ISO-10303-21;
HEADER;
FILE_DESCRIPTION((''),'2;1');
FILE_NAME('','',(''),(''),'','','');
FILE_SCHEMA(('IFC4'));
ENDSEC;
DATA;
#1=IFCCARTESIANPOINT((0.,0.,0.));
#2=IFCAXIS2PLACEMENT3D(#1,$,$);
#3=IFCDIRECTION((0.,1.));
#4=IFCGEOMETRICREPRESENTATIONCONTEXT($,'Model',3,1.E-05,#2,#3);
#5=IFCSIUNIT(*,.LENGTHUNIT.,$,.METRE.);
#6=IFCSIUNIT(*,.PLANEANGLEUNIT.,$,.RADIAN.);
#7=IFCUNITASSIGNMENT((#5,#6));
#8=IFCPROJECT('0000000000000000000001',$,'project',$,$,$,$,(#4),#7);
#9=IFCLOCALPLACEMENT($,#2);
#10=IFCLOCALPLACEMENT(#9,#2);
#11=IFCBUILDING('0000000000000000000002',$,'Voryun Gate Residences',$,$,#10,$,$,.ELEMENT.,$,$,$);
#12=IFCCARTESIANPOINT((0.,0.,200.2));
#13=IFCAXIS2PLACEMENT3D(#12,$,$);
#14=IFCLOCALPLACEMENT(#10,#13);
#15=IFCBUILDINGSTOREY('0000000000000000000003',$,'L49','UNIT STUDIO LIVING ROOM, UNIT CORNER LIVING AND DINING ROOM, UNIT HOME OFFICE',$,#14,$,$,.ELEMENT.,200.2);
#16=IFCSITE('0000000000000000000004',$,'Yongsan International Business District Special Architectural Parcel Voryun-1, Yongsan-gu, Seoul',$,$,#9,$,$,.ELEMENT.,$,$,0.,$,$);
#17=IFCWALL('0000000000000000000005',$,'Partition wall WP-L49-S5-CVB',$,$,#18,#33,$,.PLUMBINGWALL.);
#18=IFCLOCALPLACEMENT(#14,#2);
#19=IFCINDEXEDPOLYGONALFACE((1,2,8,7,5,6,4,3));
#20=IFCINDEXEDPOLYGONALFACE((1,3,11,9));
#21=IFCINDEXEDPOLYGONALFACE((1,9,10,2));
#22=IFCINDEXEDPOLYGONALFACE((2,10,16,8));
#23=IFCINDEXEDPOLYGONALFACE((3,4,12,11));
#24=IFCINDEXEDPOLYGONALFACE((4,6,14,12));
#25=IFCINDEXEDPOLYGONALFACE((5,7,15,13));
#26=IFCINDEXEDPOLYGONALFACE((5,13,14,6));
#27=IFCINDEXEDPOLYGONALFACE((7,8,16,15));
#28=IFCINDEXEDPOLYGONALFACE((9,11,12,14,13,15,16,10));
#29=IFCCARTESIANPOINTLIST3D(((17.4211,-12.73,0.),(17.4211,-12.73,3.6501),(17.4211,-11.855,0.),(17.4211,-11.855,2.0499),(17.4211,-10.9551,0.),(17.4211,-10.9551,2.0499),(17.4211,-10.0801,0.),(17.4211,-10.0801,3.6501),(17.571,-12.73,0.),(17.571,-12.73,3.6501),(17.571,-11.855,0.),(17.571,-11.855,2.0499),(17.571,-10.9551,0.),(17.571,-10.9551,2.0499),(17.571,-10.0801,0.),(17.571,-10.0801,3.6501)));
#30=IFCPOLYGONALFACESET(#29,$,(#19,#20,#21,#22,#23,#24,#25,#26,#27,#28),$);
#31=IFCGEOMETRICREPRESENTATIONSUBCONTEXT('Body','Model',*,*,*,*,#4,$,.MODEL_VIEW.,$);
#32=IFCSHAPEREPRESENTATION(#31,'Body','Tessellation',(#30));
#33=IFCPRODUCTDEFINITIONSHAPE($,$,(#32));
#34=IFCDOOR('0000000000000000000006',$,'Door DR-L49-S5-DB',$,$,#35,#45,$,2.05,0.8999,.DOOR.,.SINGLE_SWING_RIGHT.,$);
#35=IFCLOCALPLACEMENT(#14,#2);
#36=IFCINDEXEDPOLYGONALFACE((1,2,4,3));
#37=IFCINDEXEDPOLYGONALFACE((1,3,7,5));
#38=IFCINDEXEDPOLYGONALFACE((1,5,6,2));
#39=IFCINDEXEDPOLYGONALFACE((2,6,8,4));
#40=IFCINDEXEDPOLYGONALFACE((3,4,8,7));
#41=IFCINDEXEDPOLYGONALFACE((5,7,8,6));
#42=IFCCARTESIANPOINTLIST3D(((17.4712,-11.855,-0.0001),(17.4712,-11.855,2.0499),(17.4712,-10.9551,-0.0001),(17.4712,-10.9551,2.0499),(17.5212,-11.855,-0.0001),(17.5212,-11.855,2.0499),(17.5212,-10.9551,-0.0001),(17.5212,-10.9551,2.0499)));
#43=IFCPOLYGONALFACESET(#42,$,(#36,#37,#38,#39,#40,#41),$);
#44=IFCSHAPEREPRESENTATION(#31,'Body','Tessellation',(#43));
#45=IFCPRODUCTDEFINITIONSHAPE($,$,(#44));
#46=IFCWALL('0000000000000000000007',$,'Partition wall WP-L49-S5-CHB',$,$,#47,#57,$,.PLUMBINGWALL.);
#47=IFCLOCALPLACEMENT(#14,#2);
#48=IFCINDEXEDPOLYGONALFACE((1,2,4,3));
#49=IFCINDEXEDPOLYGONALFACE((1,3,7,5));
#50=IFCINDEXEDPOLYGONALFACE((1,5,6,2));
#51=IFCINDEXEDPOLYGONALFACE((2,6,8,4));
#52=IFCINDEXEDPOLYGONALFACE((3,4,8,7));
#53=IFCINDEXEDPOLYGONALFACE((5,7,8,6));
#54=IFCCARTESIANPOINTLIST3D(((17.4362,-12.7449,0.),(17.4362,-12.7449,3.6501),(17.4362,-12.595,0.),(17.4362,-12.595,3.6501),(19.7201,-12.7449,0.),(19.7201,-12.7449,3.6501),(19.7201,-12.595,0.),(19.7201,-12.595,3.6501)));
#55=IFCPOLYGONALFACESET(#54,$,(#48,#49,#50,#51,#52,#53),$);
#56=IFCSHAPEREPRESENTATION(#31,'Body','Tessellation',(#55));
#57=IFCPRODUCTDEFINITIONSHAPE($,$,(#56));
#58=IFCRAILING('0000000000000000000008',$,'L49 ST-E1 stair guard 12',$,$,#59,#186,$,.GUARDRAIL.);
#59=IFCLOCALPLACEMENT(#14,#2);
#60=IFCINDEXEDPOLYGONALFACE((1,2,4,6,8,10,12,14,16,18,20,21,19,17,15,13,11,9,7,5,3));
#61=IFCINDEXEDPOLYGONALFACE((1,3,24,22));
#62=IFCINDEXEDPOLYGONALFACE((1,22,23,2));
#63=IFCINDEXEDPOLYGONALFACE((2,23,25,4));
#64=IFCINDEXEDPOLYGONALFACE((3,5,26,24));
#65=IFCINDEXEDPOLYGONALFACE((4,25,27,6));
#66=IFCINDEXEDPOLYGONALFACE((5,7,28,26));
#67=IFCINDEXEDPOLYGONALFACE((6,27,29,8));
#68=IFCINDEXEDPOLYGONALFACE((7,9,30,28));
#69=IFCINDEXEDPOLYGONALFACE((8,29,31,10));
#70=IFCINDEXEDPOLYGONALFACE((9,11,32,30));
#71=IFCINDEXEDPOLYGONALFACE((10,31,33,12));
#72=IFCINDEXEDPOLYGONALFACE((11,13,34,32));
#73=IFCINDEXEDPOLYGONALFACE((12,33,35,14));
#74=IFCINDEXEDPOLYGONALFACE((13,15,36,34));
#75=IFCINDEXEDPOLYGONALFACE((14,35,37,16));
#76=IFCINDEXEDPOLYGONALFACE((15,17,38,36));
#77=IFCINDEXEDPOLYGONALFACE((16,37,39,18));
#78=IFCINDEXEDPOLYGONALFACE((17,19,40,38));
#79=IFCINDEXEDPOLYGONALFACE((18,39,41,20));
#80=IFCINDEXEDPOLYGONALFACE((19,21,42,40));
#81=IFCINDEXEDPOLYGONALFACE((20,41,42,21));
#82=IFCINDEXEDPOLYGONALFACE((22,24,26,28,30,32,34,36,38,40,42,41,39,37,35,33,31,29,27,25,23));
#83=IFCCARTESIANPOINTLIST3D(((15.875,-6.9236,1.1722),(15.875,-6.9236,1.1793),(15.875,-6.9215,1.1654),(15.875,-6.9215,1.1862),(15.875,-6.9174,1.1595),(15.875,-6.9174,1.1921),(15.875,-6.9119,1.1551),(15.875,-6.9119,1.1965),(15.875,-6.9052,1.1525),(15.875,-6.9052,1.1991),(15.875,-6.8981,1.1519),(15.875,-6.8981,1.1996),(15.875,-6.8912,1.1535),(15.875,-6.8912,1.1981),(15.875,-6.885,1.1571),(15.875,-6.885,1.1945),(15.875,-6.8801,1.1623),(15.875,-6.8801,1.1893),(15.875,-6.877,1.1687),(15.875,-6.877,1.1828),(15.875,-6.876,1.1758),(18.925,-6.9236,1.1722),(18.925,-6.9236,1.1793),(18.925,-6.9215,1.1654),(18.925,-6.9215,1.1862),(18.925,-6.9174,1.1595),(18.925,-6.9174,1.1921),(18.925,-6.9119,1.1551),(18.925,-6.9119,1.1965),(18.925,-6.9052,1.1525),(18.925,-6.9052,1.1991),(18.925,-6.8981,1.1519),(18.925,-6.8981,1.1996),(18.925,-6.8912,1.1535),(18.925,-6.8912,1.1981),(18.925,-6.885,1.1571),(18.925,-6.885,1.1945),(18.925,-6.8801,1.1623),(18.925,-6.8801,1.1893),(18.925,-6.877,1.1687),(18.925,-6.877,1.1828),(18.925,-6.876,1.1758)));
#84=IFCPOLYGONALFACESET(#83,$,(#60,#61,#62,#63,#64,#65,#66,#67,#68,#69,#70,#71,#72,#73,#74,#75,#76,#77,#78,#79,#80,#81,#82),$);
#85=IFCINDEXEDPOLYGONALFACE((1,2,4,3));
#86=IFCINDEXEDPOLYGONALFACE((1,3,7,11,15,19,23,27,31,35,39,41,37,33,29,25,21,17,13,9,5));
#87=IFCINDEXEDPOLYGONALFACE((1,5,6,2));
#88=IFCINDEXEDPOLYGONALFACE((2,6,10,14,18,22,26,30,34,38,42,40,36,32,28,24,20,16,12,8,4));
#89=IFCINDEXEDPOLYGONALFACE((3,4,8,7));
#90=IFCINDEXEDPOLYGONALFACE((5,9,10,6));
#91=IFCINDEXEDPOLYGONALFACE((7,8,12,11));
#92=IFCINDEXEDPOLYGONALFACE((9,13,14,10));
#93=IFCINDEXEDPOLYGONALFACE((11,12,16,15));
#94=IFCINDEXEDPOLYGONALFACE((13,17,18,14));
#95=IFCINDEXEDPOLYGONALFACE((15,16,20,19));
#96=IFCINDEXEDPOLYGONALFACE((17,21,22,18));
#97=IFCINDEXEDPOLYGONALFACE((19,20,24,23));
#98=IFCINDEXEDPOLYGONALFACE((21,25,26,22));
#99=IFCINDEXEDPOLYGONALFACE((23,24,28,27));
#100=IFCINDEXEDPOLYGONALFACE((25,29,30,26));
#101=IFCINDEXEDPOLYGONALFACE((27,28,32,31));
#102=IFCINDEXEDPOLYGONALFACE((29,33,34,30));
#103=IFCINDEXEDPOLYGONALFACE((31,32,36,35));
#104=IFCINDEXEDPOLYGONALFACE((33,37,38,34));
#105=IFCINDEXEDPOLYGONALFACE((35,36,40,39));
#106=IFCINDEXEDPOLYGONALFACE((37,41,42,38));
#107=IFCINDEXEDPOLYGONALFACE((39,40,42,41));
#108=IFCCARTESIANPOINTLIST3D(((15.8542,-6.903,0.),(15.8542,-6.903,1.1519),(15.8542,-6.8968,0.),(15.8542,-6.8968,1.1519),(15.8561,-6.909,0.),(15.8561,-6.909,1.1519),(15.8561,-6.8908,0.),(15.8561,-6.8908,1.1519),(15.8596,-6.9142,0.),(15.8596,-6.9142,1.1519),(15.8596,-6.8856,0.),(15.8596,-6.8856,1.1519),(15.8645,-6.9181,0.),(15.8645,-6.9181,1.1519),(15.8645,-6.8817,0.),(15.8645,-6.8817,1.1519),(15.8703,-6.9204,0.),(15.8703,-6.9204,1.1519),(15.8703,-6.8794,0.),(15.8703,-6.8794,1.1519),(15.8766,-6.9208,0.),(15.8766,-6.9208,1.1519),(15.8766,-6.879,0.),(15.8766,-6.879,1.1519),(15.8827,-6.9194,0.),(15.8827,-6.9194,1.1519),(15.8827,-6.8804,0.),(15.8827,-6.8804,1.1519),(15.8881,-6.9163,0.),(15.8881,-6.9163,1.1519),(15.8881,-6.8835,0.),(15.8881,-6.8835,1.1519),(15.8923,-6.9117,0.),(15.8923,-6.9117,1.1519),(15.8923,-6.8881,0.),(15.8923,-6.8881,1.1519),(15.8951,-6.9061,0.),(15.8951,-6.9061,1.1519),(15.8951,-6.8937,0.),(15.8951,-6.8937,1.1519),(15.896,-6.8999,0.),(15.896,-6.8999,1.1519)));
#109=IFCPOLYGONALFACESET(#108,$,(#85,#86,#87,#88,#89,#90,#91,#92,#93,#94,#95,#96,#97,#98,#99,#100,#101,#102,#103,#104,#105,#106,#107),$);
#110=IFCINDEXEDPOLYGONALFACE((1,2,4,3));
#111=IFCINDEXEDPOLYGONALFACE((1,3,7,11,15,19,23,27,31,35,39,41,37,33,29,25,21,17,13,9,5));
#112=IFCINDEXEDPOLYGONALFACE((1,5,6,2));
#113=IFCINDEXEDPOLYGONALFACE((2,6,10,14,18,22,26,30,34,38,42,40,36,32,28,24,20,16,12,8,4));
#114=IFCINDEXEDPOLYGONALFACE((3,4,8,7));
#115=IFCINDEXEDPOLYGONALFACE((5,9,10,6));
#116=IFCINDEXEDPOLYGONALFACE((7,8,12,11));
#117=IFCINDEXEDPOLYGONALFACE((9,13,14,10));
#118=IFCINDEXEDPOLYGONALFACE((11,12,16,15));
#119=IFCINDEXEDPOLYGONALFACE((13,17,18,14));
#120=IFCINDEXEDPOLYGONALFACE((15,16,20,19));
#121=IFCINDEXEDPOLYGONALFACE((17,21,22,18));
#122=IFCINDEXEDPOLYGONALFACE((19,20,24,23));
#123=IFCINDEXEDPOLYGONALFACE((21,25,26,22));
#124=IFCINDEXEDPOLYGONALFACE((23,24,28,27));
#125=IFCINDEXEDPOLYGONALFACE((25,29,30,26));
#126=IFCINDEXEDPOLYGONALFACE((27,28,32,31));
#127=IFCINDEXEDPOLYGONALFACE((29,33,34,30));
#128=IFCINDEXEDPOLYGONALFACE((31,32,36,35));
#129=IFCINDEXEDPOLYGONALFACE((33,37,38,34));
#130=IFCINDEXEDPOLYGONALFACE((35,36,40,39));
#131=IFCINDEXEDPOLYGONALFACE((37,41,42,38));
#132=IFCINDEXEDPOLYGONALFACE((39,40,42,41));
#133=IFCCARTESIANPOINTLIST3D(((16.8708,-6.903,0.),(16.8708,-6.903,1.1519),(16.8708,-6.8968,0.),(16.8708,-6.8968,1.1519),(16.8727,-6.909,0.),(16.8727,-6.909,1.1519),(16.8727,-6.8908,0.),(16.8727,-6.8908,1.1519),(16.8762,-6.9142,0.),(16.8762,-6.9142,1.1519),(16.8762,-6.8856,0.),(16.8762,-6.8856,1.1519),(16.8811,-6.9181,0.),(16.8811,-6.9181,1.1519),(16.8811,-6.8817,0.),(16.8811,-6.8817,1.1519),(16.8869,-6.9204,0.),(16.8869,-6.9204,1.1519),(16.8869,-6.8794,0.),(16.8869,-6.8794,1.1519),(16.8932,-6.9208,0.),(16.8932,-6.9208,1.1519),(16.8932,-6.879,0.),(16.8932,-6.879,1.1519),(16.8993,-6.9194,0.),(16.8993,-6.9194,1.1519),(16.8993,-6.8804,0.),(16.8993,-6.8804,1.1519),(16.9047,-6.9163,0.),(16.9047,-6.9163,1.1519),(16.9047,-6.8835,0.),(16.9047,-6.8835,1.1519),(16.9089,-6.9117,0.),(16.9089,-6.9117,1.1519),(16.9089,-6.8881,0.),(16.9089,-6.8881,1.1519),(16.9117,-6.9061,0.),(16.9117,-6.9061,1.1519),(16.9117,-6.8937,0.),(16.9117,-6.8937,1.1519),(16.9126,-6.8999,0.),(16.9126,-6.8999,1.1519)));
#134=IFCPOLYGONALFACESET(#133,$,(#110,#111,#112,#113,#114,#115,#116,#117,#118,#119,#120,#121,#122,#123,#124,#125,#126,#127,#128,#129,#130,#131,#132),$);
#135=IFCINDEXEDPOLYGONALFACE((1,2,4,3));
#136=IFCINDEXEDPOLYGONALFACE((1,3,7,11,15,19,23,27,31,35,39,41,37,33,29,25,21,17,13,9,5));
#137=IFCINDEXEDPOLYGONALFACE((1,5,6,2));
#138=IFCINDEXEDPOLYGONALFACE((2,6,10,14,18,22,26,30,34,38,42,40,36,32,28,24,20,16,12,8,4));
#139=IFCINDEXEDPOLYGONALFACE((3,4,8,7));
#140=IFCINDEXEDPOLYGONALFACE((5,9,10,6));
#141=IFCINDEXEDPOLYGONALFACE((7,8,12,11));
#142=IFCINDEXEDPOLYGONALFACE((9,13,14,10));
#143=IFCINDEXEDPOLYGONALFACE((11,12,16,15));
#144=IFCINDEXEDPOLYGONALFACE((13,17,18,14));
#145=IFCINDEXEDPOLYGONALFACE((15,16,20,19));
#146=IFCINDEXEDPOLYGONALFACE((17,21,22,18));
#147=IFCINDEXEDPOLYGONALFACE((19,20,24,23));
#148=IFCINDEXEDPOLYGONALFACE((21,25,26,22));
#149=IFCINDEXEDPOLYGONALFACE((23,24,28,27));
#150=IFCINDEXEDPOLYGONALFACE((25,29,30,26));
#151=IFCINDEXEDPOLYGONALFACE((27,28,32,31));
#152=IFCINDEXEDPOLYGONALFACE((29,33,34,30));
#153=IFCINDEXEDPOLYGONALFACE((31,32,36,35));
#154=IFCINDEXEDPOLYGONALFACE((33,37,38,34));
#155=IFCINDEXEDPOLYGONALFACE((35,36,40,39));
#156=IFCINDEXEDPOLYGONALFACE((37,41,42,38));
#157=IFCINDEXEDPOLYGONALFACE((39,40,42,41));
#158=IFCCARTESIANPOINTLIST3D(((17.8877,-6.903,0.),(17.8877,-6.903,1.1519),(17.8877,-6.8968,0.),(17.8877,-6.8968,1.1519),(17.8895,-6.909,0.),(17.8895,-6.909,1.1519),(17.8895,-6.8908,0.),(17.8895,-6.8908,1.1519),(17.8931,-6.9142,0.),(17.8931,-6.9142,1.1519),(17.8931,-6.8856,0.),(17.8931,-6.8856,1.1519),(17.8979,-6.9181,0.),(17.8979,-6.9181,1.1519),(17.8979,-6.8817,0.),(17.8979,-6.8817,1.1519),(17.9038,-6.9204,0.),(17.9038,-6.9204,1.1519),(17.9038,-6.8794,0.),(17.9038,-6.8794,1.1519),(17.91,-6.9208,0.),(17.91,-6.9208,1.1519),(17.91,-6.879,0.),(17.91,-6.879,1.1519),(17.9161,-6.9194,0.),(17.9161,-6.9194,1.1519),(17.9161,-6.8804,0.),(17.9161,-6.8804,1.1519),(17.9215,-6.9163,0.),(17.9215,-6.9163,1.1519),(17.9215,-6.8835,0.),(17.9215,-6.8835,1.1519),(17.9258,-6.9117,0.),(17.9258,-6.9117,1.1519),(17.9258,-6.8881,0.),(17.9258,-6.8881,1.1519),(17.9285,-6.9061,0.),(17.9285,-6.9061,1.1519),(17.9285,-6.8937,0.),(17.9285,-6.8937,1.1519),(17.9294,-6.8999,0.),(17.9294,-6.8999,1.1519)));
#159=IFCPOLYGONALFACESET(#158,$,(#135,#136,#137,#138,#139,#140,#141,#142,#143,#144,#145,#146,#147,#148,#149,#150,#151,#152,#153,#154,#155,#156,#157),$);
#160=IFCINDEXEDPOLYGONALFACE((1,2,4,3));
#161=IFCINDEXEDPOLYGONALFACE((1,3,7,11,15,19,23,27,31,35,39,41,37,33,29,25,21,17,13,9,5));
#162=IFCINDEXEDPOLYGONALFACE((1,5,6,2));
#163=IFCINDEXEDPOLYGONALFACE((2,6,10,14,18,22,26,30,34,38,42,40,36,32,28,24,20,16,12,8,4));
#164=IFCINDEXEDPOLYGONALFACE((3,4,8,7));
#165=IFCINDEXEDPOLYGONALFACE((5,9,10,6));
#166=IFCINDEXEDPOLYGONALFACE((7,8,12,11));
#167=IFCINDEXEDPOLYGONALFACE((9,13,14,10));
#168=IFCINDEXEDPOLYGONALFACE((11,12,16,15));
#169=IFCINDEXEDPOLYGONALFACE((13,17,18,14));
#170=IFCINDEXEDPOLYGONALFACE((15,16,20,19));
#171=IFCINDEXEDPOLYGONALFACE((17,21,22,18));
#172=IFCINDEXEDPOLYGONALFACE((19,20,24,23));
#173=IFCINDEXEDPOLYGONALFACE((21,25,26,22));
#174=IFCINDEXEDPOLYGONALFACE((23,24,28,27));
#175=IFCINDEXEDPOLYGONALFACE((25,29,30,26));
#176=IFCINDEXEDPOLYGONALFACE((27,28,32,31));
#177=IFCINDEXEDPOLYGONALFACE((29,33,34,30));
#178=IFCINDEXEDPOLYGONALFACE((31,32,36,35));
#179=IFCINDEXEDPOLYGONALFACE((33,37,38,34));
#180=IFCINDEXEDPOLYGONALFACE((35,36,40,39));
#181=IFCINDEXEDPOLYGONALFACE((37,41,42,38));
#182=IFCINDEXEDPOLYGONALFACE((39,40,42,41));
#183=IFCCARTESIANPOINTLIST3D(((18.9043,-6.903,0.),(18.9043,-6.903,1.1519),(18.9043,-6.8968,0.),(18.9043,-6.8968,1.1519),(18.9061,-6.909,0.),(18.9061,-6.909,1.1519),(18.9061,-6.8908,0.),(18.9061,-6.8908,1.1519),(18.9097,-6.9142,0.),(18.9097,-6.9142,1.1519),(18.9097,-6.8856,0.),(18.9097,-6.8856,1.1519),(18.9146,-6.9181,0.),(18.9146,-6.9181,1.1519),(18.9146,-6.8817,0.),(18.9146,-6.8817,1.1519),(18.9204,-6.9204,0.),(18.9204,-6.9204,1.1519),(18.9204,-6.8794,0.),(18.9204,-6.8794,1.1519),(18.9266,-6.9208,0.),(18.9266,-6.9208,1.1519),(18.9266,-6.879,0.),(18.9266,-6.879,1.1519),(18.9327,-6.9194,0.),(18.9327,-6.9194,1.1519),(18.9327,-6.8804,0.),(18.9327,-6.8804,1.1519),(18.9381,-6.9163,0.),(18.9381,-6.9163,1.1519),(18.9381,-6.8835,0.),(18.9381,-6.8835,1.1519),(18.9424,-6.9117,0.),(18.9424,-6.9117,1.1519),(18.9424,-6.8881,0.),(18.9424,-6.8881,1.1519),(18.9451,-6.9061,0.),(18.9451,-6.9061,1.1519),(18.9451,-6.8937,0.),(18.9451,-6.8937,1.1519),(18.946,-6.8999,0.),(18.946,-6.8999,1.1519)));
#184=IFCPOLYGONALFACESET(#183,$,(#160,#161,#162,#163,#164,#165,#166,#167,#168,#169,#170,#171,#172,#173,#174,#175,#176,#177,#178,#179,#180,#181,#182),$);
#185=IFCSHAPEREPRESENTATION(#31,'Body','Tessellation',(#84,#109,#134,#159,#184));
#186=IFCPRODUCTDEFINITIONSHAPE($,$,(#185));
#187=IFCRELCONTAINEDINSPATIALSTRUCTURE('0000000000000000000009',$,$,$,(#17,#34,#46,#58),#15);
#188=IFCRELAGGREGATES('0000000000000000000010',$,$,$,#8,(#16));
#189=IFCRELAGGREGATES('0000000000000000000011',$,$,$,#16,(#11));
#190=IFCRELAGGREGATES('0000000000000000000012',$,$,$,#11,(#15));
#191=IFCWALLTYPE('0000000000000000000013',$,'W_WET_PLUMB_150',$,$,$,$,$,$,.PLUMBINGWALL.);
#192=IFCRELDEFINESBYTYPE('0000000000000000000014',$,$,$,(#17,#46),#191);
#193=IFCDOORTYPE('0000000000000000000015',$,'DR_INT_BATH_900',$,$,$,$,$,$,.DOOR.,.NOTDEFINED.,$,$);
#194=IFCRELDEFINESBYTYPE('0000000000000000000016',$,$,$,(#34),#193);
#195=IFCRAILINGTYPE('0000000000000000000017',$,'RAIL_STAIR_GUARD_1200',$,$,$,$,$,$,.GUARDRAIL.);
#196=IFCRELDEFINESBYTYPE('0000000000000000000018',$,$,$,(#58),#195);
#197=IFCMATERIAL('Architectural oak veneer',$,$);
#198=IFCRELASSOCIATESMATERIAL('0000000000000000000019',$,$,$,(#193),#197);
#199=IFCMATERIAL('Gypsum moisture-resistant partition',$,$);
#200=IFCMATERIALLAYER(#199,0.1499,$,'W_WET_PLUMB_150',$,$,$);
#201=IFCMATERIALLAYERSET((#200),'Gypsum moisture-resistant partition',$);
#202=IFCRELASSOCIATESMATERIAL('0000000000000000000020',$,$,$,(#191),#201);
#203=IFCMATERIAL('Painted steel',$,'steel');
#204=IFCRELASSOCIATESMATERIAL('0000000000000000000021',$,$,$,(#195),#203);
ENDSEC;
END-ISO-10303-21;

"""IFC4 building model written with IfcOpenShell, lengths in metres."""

from ifc_helpers import new_model, si_unit, direction, frame, frame_2d, origin, origin_2d, place, context, subcontext, project, spatial, rectangle, circle, extrude, material, layer, layer_set, type_object, element, fill, save


model = new_model("IFC4")

# Units and contexts
model_context = context("Model", 3, precision=1e-05, world=origin(), true_north=direction((0.0, 1.0)))
body_context = subcontext(model_context, "Body", "Model", "MODEL_VIEW")
ifc_project = project(units=[si_unit("LENGTHUNIT", "METRE"), si_unit("PLANEANGLEUNIT", "RADIAN")], contexts=[model_context])

# Site, building, storey
site_placement = place(None, origin())
site = spatial("IfcSite", under=ifc_project, at=site_placement, Name="Yongsan International Business District Special Architectural Parcel Voryun-1, Yongsan-gu, Seoul", CompositionType="ELEMENT", RefElevation=0.0)
building_placement = place(site_placement, origin())
building = spatial("IfcBuilding", under=site, at=building_placement, Name="Voryun Gate Residences", CompositionType="ELEMENT")
storey_placement = place(building_placement, frame((0.0, 0.0, 200.2)))
storey = spatial("IfcBuildingStorey", under=building, at=storey_placement, Name="L49", Description="UNIT STUDIO LIVING ROOM, UNIT CORNER LIVING AND DINING ROOM, UNIT HOME OFFICE", CompositionType="ELEMENT", Elevation=200.2)

# Shared definitions
ifc_material_1 = material(Name="Architectural oak veneer")
door_type = type_object("IfcDoorType", Name="DR_INT_BATH_900", OperationType="NOTDEFINED", PredefinedType="DOOR", material=ifc_material_1)

# Wall, opening, door
ifc_material_2 = material(Name="Gypsum moisture-resistant partition")
ifc_layer_1 = layer(ifc_material_2, 0.1499, Name="W_WET_PLUMB_150")
ifc_layer_set_1 = layer_set([ifc_layer_1], Name="Gypsum moisture-resistant partition")
wall_type_1 = type_object("IfcWallType", Name="W_WET_PLUMB_150", PredefinedType="PLUMBINGWALL", material=ifc_layer_set_1)
wall_1_placement = place(storey_placement, frame((17.4961, -12.73, 0.0), z_axis=(0.0, 0.0, 1.0), x_axis=(0.0, 1.0, 0.0)))
wall_1 = element("IfcWall", 1, at=wall_1_placement, inside=storey, type_object=wall_type_1, Name="Partition wall WP-L49-S5-CVB", PredefinedType="PLUMBINGWALL", context=body_context, shape_type="SweptSolid", body=[
    extrude(rectangle(XDim=2.6499, YDim=0.1499, at=frame_2d((1.325, 0.0))), origin(), (0.0, 0.0, 1.0), 3.6501),
])
opening_1_placement = place(wall_1_placement, frame((0.875, 0.0, 0.0)))
opening_1 = element("IfcOpeningElement", 2, at=opening_1_placement, cuts=wall_1, PredefinedType="OPENING", context=body_context, shape_type="SweptSolid", body=[
    extrude(rectangle(XDim=0.8999, YDim=2.05, at=frame_2d((0.45, 1.0249))), frame((0.0, 0.085, 0.0), z_axis=(0.0, -1.0, 0.0), x_axis=(1.0, 0.0, 0.0)), (0.0, 0.0, 1.0), 0.1699),
])
door_1_placement = place(opening_1_placement, origin())
door_1 = element("IfcDoor", 3, at=door_1_placement, inside=storey, type_object=door_type, Name="Door DR-L49-S5-DB", OperationType="SINGLE_SWING_RIGHT", OverallHeight=2.05, OverallWidth=0.8999, PredefinedType="DOOR", context=body_context, shape_type="SweptSolid", body=[
    extrude(rectangle(XDim=0.8999, YDim=2.05, at=frame_2d((0.45, 1.0249))), frame((0.0, 0.0249, 0.0), z_axis=(0.0, -1.0, 0.0), x_axis=(1.0, 0.0, 0.0)), (0.0, 0.0, 1.0), 0.05),
])
fill(opening_1, door_1)

# Wall
wall_2_placement = place(storey_placement, frame((17.436, -12.6699, 0.0), z_axis=(0.0, 0.0, 1.0), x_axis=(1.0, 0.0, 0.0)))
element("IfcWall", 4, at=wall_2_placement, inside=storey, type_object=wall_type_1, Name="Partition wall WP-L49-S5-CHB", PredefinedType="PLUMBINGWALL", context=body_context, shape_type="SweptSolid", body=[
    extrude(rectangle(XDim=2.2839, YDim=0.1499, at=frame_2d((1.1421, 0.0))), origin(), (0.0, 0.0, 1.0), 3.6501),
])

# Railing
ifc_material_3 = material(Name="Painted steel", Category="steel")
railing_type = type_object("IfcRailingType", Name="RAIL_STAIR_GUARD_1200", PredefinedType="GUARDRAIL", material=ifc_material_3)
railing_placement = place(storey_placement, frame((15.875, -6.8999, 0.0)))
element("IfcRailing", 5, at=railing_placement, inside=storey, type_object=railing_type, Name="L49 ST-E1 stair guard 12", PredefinedType="GUARDRAIL", context=body_context, shape_type="SweptSolid", body=[
    extrude(circle(Radius=0.0239, at=origin_2d()), frame((0.0, 0.0, 1.1758), z_axis=(1.0, 0.0, 0.0), x_axis=(0.0, 1.0, 0.0)), (0.0, 0.0, 1.0), 3.05),
    extrude(circle(Radius=0.021, at=origin_2d()), origin(), (0.0, 0.0, 1.0), 1.1519),
    extrude(circle(Radius=0.021, at=origin_2d()), frame((1.0166, 0.0, 0.0)), (0.0, 0.0, 1.0), 1.1519),
    extrude(circle(Radius=0.021, at=origin_2d()), frame((2.0334, 0.0, 0.0)), (0.0, 0.0, 1.0), 1.1519),
    extrude(circle(Radius=0.021, at=origin_2d()), frame((3.05, 0.0, 0.0)), (0.0, 0.0, 1.0), 1.1519),
])

save(model, "model.ifc")
